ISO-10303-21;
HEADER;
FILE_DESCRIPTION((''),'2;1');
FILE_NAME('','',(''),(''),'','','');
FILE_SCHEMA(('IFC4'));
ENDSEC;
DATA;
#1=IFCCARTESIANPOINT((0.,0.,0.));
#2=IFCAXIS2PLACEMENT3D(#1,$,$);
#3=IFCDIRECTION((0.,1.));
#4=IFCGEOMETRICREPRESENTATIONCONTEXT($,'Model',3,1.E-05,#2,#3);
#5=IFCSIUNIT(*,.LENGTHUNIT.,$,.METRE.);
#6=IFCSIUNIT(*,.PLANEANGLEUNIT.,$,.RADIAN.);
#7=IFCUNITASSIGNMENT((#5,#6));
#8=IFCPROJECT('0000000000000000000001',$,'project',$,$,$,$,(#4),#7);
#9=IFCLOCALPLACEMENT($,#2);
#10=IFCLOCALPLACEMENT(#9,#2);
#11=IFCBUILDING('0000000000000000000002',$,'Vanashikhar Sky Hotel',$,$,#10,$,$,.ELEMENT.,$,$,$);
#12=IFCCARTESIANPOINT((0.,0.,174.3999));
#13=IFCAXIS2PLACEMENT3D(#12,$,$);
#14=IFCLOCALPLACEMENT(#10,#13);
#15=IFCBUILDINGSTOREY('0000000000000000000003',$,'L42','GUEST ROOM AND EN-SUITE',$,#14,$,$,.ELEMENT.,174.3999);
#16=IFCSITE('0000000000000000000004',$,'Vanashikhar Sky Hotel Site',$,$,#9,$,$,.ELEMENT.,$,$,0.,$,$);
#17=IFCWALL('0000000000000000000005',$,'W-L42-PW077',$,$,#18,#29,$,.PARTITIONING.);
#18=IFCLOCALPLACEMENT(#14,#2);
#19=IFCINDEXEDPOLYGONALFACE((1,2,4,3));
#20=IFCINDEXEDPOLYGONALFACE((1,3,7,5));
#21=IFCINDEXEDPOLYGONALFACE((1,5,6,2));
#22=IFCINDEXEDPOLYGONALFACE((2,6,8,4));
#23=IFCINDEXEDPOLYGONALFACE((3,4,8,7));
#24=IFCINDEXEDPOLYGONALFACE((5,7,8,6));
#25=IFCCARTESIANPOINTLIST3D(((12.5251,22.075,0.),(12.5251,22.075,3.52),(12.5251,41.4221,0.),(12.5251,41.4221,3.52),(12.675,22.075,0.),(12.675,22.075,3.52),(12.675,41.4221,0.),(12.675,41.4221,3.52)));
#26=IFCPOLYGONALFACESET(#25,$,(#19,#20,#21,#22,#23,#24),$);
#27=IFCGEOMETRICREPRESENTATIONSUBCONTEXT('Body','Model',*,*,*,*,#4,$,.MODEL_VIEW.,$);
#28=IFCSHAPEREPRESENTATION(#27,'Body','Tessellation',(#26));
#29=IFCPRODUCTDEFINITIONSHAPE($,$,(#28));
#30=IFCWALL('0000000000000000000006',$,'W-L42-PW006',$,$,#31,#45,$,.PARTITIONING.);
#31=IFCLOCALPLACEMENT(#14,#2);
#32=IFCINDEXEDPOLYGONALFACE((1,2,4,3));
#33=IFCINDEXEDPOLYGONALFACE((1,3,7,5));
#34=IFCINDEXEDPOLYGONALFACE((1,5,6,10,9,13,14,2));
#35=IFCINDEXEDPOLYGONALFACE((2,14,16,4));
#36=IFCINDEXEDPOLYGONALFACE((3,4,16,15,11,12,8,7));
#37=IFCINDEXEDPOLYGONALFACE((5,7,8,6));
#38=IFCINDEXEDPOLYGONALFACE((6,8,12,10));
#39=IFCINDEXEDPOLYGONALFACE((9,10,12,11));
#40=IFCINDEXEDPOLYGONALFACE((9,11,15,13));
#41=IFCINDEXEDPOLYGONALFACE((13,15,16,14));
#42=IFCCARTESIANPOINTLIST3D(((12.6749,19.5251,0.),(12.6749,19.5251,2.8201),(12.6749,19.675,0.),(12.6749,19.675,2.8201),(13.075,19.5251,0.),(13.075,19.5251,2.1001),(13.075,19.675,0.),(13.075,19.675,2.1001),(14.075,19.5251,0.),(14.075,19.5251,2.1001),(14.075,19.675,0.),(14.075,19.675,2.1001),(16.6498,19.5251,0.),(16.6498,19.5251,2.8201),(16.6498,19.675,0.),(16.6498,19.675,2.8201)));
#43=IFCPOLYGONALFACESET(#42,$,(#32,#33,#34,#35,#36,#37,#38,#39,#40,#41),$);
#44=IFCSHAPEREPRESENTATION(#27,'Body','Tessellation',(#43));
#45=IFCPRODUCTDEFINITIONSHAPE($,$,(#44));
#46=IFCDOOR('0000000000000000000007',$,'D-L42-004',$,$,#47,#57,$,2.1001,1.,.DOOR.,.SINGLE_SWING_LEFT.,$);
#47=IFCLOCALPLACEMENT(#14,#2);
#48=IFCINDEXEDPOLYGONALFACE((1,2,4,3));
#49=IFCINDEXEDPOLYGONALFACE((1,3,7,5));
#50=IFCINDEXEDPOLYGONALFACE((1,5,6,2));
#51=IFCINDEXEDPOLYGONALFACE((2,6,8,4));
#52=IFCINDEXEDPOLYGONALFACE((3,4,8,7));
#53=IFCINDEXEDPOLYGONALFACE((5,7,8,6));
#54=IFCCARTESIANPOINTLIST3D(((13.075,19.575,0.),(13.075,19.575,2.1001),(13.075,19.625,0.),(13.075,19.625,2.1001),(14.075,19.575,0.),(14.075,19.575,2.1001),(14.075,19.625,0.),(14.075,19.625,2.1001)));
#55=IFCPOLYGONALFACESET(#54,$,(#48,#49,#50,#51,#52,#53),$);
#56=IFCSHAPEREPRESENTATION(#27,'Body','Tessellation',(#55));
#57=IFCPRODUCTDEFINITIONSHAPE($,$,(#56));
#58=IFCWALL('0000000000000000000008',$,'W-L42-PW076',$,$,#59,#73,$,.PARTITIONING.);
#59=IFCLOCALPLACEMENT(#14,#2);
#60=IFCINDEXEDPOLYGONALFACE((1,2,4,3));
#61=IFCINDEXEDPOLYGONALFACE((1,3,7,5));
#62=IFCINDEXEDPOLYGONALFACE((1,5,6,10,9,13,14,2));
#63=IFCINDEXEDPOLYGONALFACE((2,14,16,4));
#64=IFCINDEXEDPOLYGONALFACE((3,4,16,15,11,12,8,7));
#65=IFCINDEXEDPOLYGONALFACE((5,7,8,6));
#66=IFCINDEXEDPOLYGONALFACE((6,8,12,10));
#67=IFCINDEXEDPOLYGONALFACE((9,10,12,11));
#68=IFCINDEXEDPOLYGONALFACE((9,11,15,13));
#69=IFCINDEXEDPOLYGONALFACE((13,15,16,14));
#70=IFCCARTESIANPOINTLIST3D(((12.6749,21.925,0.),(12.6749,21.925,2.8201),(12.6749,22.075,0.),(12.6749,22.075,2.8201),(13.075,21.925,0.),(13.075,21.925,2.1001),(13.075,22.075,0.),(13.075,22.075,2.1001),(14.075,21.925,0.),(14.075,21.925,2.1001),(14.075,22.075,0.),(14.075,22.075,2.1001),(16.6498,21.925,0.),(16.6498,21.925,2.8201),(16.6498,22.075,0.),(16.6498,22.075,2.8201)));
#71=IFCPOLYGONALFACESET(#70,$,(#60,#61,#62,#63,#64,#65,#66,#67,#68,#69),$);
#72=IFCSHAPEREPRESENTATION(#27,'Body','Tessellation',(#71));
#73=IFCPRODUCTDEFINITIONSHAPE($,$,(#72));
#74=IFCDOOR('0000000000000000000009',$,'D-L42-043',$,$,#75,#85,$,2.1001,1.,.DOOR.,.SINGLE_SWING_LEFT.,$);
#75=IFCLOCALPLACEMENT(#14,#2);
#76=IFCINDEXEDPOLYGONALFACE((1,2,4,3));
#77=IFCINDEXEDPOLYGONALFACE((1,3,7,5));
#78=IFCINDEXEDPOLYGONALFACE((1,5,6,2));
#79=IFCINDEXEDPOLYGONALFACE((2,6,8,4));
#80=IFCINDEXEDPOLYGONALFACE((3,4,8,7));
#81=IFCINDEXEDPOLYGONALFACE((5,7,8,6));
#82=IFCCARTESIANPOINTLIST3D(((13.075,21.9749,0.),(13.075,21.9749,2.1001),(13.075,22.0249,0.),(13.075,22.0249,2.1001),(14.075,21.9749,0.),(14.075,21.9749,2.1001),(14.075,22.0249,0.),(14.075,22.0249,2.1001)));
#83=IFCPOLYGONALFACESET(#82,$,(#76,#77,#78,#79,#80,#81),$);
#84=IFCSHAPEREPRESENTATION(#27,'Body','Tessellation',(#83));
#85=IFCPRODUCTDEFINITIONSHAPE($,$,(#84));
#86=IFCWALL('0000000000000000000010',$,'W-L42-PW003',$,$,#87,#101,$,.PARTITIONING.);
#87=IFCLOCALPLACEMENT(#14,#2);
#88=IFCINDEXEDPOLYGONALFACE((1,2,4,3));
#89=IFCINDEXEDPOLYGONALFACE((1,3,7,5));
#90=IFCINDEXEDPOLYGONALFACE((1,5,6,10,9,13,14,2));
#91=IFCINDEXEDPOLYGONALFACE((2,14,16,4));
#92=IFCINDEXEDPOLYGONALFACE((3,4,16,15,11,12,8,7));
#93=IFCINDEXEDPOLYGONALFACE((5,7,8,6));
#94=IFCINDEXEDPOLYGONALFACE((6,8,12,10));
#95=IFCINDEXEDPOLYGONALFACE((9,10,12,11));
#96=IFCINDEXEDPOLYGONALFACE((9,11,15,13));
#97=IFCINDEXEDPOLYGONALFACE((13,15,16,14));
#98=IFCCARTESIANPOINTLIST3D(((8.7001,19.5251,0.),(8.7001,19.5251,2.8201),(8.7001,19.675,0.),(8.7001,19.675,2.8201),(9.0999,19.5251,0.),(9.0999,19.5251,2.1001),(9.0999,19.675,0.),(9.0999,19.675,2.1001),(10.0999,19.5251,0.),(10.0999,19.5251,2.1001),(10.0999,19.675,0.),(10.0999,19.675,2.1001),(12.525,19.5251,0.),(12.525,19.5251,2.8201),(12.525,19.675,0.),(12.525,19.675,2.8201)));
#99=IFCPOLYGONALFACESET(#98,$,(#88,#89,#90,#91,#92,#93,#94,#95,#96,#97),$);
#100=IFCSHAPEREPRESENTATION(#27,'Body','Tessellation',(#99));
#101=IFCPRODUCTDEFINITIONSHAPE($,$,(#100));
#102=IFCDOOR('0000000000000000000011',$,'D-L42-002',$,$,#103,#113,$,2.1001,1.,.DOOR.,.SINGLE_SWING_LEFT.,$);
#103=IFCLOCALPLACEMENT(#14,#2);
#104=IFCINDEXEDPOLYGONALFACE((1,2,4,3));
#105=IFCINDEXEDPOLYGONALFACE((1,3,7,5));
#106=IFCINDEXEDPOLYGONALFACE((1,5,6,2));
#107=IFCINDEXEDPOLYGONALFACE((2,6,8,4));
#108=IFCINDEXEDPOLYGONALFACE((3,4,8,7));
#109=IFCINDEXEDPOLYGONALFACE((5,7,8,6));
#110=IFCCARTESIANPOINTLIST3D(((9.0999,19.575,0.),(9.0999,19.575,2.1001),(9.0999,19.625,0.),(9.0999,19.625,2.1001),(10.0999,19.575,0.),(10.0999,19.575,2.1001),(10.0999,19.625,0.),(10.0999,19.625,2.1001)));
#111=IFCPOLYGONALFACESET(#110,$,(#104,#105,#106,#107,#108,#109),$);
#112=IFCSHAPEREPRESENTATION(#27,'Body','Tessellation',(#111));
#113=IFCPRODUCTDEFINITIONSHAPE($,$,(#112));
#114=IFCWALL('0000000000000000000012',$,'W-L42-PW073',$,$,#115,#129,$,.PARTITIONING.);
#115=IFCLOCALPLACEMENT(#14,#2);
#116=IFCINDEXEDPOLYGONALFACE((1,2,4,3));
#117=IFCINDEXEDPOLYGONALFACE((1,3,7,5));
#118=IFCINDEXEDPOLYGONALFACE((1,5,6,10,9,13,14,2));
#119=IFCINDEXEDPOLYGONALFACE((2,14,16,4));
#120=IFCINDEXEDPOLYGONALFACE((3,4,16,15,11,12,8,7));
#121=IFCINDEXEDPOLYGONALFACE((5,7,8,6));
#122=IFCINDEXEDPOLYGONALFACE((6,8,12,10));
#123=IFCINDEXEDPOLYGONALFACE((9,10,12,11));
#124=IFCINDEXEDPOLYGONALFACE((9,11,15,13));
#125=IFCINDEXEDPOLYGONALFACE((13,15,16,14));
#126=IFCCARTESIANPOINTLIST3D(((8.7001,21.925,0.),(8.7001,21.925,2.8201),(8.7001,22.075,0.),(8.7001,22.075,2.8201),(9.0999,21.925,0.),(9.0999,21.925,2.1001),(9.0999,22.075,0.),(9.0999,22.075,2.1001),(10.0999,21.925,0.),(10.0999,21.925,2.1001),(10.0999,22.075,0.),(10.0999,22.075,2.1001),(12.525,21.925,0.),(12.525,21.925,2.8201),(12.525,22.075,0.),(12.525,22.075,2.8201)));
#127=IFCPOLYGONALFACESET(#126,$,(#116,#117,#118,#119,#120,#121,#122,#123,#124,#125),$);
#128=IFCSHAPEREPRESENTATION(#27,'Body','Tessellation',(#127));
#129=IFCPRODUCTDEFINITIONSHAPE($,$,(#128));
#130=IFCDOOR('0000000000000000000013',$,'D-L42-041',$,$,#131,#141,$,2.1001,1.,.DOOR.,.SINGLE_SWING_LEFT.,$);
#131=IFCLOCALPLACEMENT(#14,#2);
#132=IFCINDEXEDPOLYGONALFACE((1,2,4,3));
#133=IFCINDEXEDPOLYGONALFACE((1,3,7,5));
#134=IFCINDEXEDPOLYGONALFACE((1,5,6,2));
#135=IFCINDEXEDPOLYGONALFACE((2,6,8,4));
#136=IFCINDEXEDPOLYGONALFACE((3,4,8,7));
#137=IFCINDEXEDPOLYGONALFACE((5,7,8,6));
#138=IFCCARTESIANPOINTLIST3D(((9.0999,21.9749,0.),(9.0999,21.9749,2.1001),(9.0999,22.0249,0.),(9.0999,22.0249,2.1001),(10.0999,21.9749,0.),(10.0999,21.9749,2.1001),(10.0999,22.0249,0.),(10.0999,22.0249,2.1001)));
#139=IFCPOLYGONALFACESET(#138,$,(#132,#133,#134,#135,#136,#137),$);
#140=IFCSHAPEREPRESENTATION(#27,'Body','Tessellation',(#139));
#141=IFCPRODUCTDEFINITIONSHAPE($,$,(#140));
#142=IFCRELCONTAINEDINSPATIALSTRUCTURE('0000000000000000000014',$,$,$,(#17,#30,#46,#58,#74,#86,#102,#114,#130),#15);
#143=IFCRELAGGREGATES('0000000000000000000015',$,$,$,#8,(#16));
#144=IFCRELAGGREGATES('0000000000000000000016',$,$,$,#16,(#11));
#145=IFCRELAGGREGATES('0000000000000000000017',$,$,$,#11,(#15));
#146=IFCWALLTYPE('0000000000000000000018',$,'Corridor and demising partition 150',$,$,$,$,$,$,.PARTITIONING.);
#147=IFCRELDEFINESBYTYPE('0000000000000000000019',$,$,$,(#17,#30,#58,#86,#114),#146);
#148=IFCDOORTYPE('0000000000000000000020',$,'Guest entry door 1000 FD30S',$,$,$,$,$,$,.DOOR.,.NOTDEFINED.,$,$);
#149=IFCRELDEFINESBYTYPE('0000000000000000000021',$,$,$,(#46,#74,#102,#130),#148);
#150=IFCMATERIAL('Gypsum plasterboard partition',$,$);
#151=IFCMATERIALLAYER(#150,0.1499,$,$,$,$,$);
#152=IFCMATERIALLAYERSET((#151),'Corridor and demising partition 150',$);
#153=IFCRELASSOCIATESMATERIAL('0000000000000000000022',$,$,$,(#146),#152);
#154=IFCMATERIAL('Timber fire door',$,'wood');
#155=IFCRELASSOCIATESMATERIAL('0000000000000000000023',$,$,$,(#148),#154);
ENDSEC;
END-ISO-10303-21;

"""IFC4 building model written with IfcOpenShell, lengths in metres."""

from ifc_helpers import new_model, si_unit, direction, frame, frame_2d, origin, place, context, subcontext, project, spatial, rectangle, extrude, source, transform, mapped, material, layer, layer_set, type_object, element, fill, save


model = new_model("IFC4")

# Units and contexts
model_context = context("Model", 3, precision=1e-05, world=origin(), true_north=direction((0.0, 1.0)))
body_context = subcontext(model_context, "Body", "Model", "MODEL_VIEW")
ifc_project = project(units=[si_unit("LENGTHUNIT", "METRE"), si_unit("PLANEANGLEUNIT", "RADIAN")], contexts=[model_context])

# Site, building, storey
site_placement = place(None, origin())
site = spatial("IfcSite", under=ifc_project, at=site_placement, Name="Vanashikhar Sky Hotel Site", CompositionType="ELEMENT", RefElevation=0.0)
building_placement = place(site_placement, origin())
building = spatial("IfcBuilding", under=site, at=building_placement, Name="Vanashikhar Sky Hotel", CompositionType="ELEMENT")
storey_placement = place(building_placement, frame((0.0, 0.0, 174.3999)))
storey = spatial("IfcBuildingStorey", under=building, at=storey_placement, Name="L42", Description="GUEST ROOM AND EN-SUITE", CompositionType="ELEMENT", Elevation=174.3999)

# Wall
ifc_material_1 = material(Name="Gypsum plasterboard partition")
ifc_layer_1 = layer(ifc_material_1, 0.1499)
ifc_layer_set_1 = layer_set([ifc_layer_1], Name="Corridor and demising partition 150")
wall_type_1 = type_object("IfcWallType", Name="Corridor and demising partition 150", PredefinedType="PARTITIONING", material=ifc_layer_set_1)
shared_shape_1 = source(origin(), body_context, "Body", "SweptSolid", [
    extrude(rectangle(XDim=19.3472, YDim=0.1499, at=frame_2d((9.6736, 0.0))), origin(), (0.0, 0.0, 1.0), 3.52),
])
wall_1_placement = place(storey_placement, frame((12.6001, 22.075, 0.0), z_axis=(0.0, 0.0, 1.0), x_axis=(0.0, 1.0, 0.0)))
element("IfcWall", 1, at=wall_1_placement, inside=storey, type_object=wall_type_1, Name="W-L42-PW077", PredefinedType="PARTITIONING", context=body_context, shape_type="MappedRepresentation", body=[
    mapped(shared_shape_1, transform((0.0, 0.0, 0.0), scale=1.0)),
])

# Walls, openings, doors
shared_shape_2 = source(origin(), body_context, "Body", "SweptSolid", [
    extrude(rectangle(XDim=3.9749, YDim=0.1499, at=frame_2d((1.9873, 0.0))), origin(), (0.0, 0.0, 1.0), 2.8201),
])
wall_2_placement = place(storey_placement, frame((12.675, 19.6001, 0.0), z_axis=(0.0, 0.0, 1.0), x_axis=(1.0, 0.0, 0.0)))
wall_2 = element("IfcWall", 2, at=wall_2_placement, inside=storey, type_object=wall_type_1, Name="W-L42-PW006", PredefinedType="PARTITIONING", context=body_context, shape_type="MappedRepresentation", body=[
    mapped(shared_shape_2, transform((0.0, 0.0, 0.0), scale=1.0)),
])
shared_shape_3 = source(origin(), body_context, "Body", "SweptSolid", [
    extrude(rectangle(XDim=1.0, YDim=2.1001, at=frame_2d((0.5, 1.05))), frame((0.0, 0.085, 0.0), z_axis=(0.0, -1.0, 0.0), x_axis=(1.0, 0.0, 0.0)), (0.0, 0.0, 1.0), 0.1699),
])
opening_1_placement = place(wall_2_placement, frame((0.3999, 0.0, 0.0)))
opening_1 = element("IfcOpeningElement", 3, at=opening_1_placement, cuts=wall_2, PredefinedType="OPENING", context=body_context, shape_type="MappedRepresentation", body=[
    mapped(shared_shape_3, transform((0.0, 0.0, 0.0), scale=1.0)),
])
ifc_material_2 = material(Name="Timber fire door", Category="wood")
door_type = type_object("IfcDoorType", Name="Guest entry door 1000 FD30S", OperationType="NOTDEFINED", PredefinedType="DOOR", material=ifc_material_2)
shared_shape_4 = source(origin(), body_context, "Body", "SweptSolid", [
    extrude(rectangle(XDim=1.0, YDim=2.1001, at=frame_2d((0.5, 1.05))), frame((0.0, 0.0249, 0.0), z_axis=(0.0, -1.0, 0.0), x_axis=(1.0, 0.0, 0.0)), (0.0, 0.0, 1.0), 0.05),
])
door_1_placement = place(opening_1_placement, origin())
door_1 = element("IfcDoor", 4, at=door_1_placement, inside=storey, type_object=door_type, Name="D-L42-004", OperationType="SINGLE_SWING_LEFT", OverallHeight=2.1001, OverallWidth=1.0, PredefinedType="DOOR", context=body_context, shape_type="MappedRepresentation", body=[
    mapped(shared_shape_4, transform((0.0, 0.0, 0.0), scale=1.0)),
])
fill(opening_1, door_1)
wall_3_placement = place(storey_placement, frame((12.675, 22.0, 0.0), z_axis=(0.0, 0.0, 1.0), x_axis=(1.0, 0.0, 0.0)))
wall_3 = element("IfcWall", 5, at=wall_3_placement, inside=storey, type_object=wall_type_1, Name="W-L42-PW076", PredefinedType="PARTITIONING", context=body_context, shape_type="MappedRepresentation", body=[
    mapped(shared_shape_2, transform((0.0, 0.0, 0.0), scale=1.0)),
])
opening_2_placement = place(wall_3_placement, frame((0.3999, 0.0, 0.0)))
opening_2 = element("IfcOpeningElement", 6, at=opening_2_placement, cuts=wall_3, PredefinedType="OPENING", context=body_context, shape_type="MappedRepresentation", body=[
    mapped(shared_shape_3, transform((0.0, 0.0, 0.0), scale=1.0)),
])
door_2_placement = place(opening_2_placement, origin())
door_2 = element("IfcDoor", 7, at=door_2_placement, inside=storey, type_object=door_type, Name="D-L42-043", OperationType="SINGLE_SWING_LEFT", OverallHeight=2.1001, OverallWidth=1.0, PredefinedType="DOOR", context=body_context, shape_type="MappedRepresentation", body=[
    mapped(shared_shape_4, transform((0.0, 0.0, 0.0), scale=1.0)),
])
fill(opening_2, door_2)
shared_shape_5 = source(origin(), body_context, "Body", "SweptSolid", [
    extrude(rectangle(XDim=3.825, YDim=0.1499, at=frame_2d((1.9126, 0.0))), origin(), (0.0, 0.0, 1.0), 2.8201),
])
wall_4_placement = place(storey_placement, frame((8.7, 19.6001, 0.0), z_axis=(0.0, 0.0, 1.0), x_axis=(1.0, 0.0, 0.0)))
wall_4 = element("IfcWall", 8, at=wall_4_placement, inside=storey, type_object=wall_type_1, Name="W-L42-PW003", PredefinedType="PARTITIONING", context=body_context, shape_type="MappedRepresentation", body=[
    mapped(shared_shape_5, transform((0.0, 0.0, 0.0), scale=1.0)),
])
opening_3_placement = place(wall_4_placement, frame((0.3999, 0.0, 0.0)))
opening_3 = element("IfcOpeningElement", 9, at=opening_3_placement, cuts=wall_4, PredefinedType="OPENING", context=body_context, shape_type="MappedRepresentation", body=[
    mapped(shared_shape_3, transform((0.0, 0.0, 0.0), scale=1.0)),
])
door_3_placement = place(opening_3_placement, origin())
door_3 = element("IfcDoor", 10, at=door_3_placement, inside=storey, type_object=door_type, Name="D-L42-002", OperationType="SINGLE_SWING_LEFT", OverallHeight=2.1001, OverallWidth=1.0, PredefinedType="DOOR", context=body_context, shape_type="MappedRepresentation", body=[
    mapped(shared_shape_4, transform((0.0, 0.0, 0.0), scale=1.0)),
])
fill(opening_3, door_3)
wall_5_placement = place(storey_placement, frame((8.7, 22.0, 0.0), z_axis=(0.0, 0.0, 1.0), x_axis=(1.0, 0.0, 0.0)))
wall_5 = element("IfcWall", 11, at=wall_5_placement, inside=storey, type_object=wall_type_1, Name="W-L42-PW073", PredefinedType="PARTITIONING", context=body_context, shape_type="MappedRepresentation", body=[
    mapped(shared_shape_5, transform((0.0, 0.0, 0.0), scale=1.0)),
])
opening_4_placement = place(wall_5_placement, frame((0.3999, 0.0, 0.0)))
opening_4 = element("IfcOpeningElement", 12, at=opening_4_placement, cuts=wall_5, PredefinedType="OPENING", context=body_context, shape_type="MappedRepresentation", body=[
    mapped(shared_shape_3, transform((0.0, 0.0, 0.0), scale=1.0)),
])
door_4_placement = place(opening_4_placement, origin())
door_4 = element("IfcDoor", 13, at=door_4_placement, inside=storey, type_object=door_type, Name="D-L42-041", OperationType="SINGLE_SWING_LEFT", OverallHeight=2.1001, OverallWidth=1.0, PredefinedType="DOOR", context=body_context, shape_type="MappedRepresentation", body=[
    mapped(shared_shape_4, transform((0.0, 0.0, 0.0), scale=1.0)),
])
fill(opening_4, door_4)

save(model, "model.ifc")
